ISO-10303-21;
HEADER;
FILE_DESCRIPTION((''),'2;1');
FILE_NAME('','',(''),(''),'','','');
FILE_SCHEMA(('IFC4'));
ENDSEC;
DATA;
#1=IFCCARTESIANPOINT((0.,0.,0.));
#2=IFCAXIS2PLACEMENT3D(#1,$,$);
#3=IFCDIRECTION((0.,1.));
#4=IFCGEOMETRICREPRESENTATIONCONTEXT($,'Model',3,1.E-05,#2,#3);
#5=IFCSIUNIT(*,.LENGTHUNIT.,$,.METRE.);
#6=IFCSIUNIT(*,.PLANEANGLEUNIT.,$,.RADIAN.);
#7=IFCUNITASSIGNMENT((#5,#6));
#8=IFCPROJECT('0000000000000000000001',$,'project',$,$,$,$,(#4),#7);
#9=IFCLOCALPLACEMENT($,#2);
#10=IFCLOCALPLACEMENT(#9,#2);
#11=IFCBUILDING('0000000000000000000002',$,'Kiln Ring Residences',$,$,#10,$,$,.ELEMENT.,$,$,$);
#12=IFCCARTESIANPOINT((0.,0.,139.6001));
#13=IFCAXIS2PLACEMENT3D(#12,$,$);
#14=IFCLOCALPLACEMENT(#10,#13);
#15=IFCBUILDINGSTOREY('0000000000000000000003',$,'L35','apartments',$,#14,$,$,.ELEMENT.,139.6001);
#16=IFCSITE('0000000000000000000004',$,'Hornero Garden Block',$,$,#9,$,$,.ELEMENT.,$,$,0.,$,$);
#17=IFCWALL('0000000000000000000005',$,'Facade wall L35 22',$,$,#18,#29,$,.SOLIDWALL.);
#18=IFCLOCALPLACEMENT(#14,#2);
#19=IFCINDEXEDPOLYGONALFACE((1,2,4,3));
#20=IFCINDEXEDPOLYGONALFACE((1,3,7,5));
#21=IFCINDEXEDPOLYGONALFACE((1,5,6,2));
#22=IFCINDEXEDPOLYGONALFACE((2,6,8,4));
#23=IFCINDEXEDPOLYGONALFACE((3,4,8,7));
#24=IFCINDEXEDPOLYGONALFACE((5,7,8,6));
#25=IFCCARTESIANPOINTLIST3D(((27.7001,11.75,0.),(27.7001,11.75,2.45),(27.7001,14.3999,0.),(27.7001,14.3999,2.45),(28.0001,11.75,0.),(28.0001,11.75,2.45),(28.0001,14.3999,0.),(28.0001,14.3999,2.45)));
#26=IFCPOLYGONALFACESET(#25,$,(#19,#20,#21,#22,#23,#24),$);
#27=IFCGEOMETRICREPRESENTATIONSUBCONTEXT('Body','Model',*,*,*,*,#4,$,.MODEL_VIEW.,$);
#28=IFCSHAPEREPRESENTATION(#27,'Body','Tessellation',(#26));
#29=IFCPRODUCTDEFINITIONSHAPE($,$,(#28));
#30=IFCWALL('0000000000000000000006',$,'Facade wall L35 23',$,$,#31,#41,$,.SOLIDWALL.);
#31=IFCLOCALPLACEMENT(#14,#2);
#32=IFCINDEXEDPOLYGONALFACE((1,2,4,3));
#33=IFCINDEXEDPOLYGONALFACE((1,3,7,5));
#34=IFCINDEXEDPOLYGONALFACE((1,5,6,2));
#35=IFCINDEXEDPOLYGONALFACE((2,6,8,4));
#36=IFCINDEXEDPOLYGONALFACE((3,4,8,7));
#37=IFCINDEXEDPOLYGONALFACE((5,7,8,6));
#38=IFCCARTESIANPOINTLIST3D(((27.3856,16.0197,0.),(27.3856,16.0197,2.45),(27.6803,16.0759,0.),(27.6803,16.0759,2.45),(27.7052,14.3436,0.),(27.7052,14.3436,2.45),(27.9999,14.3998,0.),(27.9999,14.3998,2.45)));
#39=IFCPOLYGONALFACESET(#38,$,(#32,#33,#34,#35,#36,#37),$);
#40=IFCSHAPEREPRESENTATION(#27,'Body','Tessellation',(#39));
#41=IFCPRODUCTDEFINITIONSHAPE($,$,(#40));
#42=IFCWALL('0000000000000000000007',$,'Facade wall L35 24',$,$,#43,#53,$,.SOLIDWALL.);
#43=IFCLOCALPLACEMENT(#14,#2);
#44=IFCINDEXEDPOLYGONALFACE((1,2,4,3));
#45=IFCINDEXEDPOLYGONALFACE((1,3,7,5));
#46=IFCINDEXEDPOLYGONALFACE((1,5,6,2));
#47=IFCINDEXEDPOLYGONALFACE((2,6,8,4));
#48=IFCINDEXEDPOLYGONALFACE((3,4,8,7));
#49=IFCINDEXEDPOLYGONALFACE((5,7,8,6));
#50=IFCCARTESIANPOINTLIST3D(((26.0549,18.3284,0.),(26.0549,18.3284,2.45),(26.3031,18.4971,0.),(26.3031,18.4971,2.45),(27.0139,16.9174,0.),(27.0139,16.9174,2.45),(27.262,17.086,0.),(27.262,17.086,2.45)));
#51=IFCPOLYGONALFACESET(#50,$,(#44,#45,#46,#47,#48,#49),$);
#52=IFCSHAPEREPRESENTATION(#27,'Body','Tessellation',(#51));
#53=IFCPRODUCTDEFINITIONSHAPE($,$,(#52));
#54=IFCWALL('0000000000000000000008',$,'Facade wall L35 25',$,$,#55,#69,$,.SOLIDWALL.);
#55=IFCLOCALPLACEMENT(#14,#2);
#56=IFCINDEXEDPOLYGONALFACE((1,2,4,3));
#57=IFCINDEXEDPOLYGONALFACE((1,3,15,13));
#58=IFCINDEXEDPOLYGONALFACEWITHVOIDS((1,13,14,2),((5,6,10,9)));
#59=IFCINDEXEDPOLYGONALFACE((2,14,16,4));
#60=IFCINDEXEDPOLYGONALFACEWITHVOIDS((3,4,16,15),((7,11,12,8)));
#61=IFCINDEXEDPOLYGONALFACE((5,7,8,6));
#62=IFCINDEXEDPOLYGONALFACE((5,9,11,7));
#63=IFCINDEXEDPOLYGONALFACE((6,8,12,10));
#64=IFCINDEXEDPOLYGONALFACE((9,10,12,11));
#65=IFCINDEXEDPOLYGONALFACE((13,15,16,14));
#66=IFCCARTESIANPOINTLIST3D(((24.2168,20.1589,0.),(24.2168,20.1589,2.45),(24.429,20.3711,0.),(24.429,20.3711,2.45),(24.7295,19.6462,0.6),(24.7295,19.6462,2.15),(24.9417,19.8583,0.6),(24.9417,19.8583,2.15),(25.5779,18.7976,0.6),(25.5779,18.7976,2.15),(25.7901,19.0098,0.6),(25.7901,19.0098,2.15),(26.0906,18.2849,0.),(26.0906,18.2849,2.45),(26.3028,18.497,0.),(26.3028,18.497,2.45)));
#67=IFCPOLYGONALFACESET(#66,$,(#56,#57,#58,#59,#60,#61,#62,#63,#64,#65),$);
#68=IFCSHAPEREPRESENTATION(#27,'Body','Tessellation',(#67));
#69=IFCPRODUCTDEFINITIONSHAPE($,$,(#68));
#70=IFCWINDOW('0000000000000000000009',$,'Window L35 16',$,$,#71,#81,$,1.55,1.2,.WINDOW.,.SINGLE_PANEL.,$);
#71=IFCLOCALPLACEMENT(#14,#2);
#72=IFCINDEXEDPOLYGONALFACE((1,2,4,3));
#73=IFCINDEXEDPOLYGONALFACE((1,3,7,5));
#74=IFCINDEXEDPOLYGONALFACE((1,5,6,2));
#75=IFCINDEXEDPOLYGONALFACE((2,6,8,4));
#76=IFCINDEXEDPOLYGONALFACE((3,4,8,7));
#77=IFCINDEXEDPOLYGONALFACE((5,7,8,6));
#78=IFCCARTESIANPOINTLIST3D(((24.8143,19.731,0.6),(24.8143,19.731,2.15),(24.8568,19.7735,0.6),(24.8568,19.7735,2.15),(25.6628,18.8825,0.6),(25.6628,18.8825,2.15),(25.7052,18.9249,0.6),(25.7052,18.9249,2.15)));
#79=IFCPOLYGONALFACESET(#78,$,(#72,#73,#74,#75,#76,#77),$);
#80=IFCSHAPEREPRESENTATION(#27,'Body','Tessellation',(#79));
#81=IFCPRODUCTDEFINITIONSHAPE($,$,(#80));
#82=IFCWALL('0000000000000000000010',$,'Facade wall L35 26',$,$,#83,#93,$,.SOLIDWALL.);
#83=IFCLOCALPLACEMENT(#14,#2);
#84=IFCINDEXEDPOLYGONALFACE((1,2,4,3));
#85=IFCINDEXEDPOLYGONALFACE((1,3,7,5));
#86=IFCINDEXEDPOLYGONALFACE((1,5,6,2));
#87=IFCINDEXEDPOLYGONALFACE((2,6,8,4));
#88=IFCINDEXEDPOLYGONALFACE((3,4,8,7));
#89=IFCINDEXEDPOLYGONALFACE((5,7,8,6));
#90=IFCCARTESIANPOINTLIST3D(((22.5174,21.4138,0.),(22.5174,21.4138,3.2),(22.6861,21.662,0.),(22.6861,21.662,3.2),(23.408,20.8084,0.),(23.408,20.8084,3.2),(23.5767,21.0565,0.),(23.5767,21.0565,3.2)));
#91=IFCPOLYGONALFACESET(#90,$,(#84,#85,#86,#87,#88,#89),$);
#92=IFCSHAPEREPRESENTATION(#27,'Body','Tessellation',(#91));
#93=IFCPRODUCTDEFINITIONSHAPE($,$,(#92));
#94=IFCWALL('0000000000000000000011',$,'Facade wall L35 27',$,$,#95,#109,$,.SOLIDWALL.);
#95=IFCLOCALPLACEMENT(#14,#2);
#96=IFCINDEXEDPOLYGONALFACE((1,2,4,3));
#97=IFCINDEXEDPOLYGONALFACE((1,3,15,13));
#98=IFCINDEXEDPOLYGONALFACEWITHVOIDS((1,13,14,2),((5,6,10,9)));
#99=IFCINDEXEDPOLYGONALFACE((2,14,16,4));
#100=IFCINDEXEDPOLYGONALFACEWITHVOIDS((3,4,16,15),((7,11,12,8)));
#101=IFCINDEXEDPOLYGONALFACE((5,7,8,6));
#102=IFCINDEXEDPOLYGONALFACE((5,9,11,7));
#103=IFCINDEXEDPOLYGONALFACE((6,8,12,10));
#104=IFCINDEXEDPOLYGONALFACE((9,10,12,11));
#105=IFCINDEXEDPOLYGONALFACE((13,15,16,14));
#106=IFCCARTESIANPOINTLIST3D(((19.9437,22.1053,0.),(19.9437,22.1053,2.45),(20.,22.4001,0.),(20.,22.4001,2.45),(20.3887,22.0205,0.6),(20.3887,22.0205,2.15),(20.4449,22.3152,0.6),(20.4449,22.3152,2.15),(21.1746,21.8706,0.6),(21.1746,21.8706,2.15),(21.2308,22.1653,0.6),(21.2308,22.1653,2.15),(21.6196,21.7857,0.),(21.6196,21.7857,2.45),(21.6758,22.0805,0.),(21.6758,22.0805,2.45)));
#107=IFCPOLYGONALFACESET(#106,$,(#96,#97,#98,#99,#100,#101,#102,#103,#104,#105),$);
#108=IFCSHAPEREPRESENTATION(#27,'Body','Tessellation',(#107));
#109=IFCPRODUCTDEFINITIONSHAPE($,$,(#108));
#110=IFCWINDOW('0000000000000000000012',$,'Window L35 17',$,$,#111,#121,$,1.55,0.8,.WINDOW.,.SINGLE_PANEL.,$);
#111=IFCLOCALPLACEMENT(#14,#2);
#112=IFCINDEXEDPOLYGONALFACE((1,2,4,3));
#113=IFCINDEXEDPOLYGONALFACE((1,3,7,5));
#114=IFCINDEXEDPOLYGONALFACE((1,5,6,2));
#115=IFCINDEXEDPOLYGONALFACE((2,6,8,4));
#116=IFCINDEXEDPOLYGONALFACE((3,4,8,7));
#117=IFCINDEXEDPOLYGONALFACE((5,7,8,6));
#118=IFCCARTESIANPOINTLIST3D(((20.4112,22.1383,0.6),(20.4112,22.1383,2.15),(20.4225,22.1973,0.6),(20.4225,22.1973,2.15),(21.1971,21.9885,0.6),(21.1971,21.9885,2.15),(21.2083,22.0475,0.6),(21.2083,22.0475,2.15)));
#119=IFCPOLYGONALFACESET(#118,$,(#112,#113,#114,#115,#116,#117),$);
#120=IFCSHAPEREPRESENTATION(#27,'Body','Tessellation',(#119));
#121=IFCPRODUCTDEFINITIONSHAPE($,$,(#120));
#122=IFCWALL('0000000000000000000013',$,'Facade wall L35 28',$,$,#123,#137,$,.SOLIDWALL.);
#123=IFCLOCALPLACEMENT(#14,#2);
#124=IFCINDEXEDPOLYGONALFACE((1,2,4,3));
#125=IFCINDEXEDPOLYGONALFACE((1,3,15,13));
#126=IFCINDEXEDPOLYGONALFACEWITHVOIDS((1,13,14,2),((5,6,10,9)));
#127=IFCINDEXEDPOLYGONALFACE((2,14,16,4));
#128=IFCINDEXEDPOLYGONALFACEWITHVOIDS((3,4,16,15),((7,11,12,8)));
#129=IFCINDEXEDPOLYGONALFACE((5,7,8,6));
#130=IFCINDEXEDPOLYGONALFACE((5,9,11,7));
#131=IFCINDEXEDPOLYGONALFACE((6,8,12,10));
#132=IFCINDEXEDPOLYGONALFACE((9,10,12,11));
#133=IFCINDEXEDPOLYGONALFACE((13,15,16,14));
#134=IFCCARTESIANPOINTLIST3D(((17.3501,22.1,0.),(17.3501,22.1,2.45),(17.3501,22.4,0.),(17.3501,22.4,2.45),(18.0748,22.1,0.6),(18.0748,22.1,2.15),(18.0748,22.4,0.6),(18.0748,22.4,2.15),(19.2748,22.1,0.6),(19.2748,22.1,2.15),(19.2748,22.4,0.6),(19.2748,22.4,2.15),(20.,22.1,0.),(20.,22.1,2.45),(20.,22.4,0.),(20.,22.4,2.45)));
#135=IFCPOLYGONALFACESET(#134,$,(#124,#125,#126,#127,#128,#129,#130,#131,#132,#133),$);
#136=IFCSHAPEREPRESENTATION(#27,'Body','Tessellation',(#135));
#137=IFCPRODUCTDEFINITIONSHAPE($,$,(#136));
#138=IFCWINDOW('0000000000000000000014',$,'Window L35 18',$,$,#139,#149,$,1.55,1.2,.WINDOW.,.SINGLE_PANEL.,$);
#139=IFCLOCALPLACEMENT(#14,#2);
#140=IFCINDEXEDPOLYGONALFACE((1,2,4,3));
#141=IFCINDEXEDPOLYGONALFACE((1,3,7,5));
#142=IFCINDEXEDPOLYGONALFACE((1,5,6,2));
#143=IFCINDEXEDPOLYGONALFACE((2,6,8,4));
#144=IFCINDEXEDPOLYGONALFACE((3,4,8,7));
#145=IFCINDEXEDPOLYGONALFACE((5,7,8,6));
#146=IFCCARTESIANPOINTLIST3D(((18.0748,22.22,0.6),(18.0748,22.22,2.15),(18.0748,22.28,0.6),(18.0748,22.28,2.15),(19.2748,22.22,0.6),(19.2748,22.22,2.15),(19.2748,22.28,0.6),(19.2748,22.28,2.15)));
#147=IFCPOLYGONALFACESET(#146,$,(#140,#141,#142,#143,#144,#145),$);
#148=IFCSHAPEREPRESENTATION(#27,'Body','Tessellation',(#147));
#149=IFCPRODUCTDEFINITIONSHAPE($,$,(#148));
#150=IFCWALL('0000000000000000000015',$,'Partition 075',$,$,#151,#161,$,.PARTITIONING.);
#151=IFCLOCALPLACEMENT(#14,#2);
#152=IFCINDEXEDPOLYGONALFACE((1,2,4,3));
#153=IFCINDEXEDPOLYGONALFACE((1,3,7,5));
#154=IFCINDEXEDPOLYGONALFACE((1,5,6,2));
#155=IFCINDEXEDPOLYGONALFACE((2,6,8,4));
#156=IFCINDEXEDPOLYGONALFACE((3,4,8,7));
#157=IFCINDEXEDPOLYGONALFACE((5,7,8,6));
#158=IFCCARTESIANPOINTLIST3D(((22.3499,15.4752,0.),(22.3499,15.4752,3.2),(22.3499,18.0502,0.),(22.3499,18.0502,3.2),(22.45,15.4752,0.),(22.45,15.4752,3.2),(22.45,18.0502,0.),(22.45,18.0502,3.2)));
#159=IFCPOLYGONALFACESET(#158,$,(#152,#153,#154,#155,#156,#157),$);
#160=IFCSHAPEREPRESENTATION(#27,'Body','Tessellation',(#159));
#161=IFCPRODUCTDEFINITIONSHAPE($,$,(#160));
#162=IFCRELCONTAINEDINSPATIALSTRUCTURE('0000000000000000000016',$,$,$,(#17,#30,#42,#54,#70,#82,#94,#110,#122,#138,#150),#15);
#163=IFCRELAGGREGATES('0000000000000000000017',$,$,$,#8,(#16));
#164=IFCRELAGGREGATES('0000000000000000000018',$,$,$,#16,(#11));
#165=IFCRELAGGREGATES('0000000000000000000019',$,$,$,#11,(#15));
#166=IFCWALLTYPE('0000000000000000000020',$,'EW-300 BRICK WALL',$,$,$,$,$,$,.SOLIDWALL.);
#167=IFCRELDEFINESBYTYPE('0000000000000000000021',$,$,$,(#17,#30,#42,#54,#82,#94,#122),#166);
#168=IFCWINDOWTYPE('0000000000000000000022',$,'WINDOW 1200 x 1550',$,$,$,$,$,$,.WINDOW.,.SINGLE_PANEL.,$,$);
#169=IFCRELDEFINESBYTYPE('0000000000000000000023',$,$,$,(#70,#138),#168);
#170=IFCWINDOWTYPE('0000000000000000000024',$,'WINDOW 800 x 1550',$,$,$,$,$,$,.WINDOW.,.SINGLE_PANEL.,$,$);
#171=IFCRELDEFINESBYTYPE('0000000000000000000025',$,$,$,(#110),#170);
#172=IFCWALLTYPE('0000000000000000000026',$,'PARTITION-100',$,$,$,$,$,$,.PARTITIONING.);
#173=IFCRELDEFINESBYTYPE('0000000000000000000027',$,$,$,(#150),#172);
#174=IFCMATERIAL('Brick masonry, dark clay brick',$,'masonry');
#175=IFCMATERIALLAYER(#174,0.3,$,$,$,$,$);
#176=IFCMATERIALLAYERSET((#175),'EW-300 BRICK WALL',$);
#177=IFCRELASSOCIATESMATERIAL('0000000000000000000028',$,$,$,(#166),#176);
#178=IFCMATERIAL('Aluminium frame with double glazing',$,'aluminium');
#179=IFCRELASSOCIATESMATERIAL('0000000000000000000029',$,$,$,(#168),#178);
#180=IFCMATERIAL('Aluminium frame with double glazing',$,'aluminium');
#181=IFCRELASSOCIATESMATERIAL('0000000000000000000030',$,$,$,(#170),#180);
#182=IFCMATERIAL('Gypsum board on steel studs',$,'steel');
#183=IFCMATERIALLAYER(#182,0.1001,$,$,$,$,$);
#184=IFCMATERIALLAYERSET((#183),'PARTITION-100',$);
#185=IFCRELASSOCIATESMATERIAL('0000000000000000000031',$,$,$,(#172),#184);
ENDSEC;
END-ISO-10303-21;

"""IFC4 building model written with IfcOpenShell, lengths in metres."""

from ifc_helpers import new_model, si_unit, direction, frame, frame_2d, origin, place, context, subcontext, project, spatial, rectangle, extrude, material, layer, layer_set, type_object, element, fill, save


model = new_model("IFC4")

# Units and contexts
model_context = context("Model", 3, precision=1e-05, world=origin(), true_north=direction((0.0, 1.0)))
body_context = subcontext(model_context, "Body", "Model", "MODEL_VIEW")
ifc_project = project(units=[si_unit("LENGTHUNIT", "METRE"), si_unit("PLANEANGLEUNIT", "RADIAN")], contexts=[model_context])

# Site, building, storey
site_placement = place(None, origin())
site = spatial("IfcSite", under=ifc_project, at=site_placement, Name="Hornero Garden Block", CompositionType="ELEMENT", RefElevation=0.0)
building_placement = place(site_placement, origin())
building = spatial("IfcBuilding", under=site, at=building_placement, Name="Kiln Ring Residences", CompositionType="ELEMENT")
storey_placement = place(building_placement, frame((0.0, 0.0, 139.6001)))
storey = spatial("IfcBuildingStorey", under=building, at=storey_placement, Name="L35", Description="apartments", CompositionType="ELEMENT", Elevation=139.6001)

# Walls
ifc_material_1 = material(Name="Brick masonry, dark clay brick", Category="masonry")
ifc_layer_1 = layer(ifc_material_1, 0.3)
ifc_layer_set_1 = layer_set([ifc_layer_1], Name="EW-300 BRICK WALL")
wall_type_1 = type_object("IfcWallType", Name="EW-300 BRICK WALL", PredefinedType="SOLIDWALL", material=ifc_layer_set_1)
wall_1_placement = place(storey_placement, frame((27.8501, 11.75, 0.0), z_axis=(0.0, 0.0, 1.0), x_axis=(0.0, 1.0, 0.0)))
element("IfcWall", 1, at=wall_1_placement, inside=storey, type_object=wall_type_1, Name="Facade wall L35 22", PredefinedType="SOLIDWALL", context=body_context, shape_type="SweptSolid", body=[
    extrude(rectangle(XDim=2.6499, YDim=0.3, at=frame_2d((1.325, 0.0))), origin(), (0.0, 0.0, 1.0), 2.45),
])
wall_2_placement = place(storey_placement, frame((27.8525, 14.3718, 0.0), z_axis=(0.0, 0.0, 1.0), x_axis=(-0.187303, 0.982302, 0.0)))
element("IfcWall", 2, at=wall_2_placement, inside=storey, type_object=wall_type_1, Name="Facade wall L35 23", PredefinedType="SOLIDWALL", context=body_context, shape_type="SweptSolid", body=[
    extrude(rectangle(XDim=1.7063, YDim=0.3, at=frame_2d((0.853, 0.0))), origin(), (0.0, 0.0, 1.0), 2.45),
])
wall_3_placement = place(storey_placement, frame((27.1379, 17.0017, 0.0), z_axis=(0.0, 0.0, 1.0), x_axis=(-0.562075, 0.827086, 0.0)))
element("IfcWall", 3, at=wall_3_placement, inside=storey, type_object=wall_type_1, Name="Facade wall L35 24", PredefinedType="SOLIDWALL", context=body_context, shape_type="SweptSolid", body=[
    extrude(rectangle(XDim=1.7061, YDim=0.3, at=frame_2d((0.853, 0.0))), origin(), (0.0, 0.0, 1.0), 2.45),
])

# Wall, opening, window
wall_4_placement = place(storey_placement, frame((26.1968, 18.3909, 0.0), z_axis=(0.0, 0.0, 1.0), x_axis=(-0.707061, 0.707153, 0.0)))
wall_4 = element("IfcWall", 4, at=wall_4_placement, inside=storey, type_object=wall_type_1, Name="Facade wall L35 25", PredefinedType="SOLIDWALL", context=body_context, shape_type="SweptSolid", body=[
    extrude(rectangle(XDim=2.6501, YDim=0.3, at=frame_2d((1.3252, 0.0))), origin(), (0.0, 0.0, 1.0), 2.45),
])
opening_1_placement = place(wall_4_placement, frame((0.7251, 0.0, 0.6001)))
opening_1 = element("IfcOpeningElement", 5, at=opening_1_placement, cuts=wall_4, PredefinedType="OPENING", context=body_context, shape_type="SweptSolid", body=[
    extrude(rectangle(XDim=1.2, YDim=1.55, at=frame_2d((0.6001, 0.7749))), frame((0.0, 0.1599, 0.0), z_axis=(0.0, -1.0, 0.0), x_axis=(1.0, 0.0, 0.0)), (0.0, 0.0, 1.0), 0.3201),
])
ifc_material_2 = material(Name="Aluminium frame with double glazing", Category="aluminium")
window_type_1 = type_object("IfcWindowType", Name="WINDOW 1200 x 1550", PartitioningType="SINGLE_PANEL", PredefinedType="WINDOW", material=ifc_material_2)
window_1_placement = place(opening_1_placement, origin())
window_1 = element("IfcWindow", 6, at=window_1_placement, inside=storey, type_object=window_type_1, Name="Window L35 16", OverallHeight=1.55, OverallWidth=1.2, PartitioningType="SINGLE_PANEL", PredefinedType="WINDOW", context=body_context, shape_type="SweptSolid", body=[
    extrude(rectangle(XDim=1.2, YDim=1.55, at=frame_2d((0.6001, 0.7749))), frame((0.0, 0.03, 0.0), z_axis=(0.0, -1.0, 0.0), x_axis=(1.0, 0.0, 0.0)), (0.0, 0.0, 1.0), 0.0601),
])
fill(opening_1, window_1)

# Wall
wall_5_placement = place(storey_placement, frame((23.4924, 20.9324, 0.0), z_axis=(0.0, 0.0, 1.0), x_axis=(-0.826994, 0.562211, 0.0)))
element("IfcWall", 7, at=wall_5_placement, inside=storey, type_object=wall_type_1, Name="Facade wall L35 26", PredefinedType="SOLIDWALL", context=body_context, shape_type="SweptSolid", body=[
    extrude(rectangle(XDim=1.0769, YDim=0.3, at=frame_2d((0.5386, 0.0))), origin(), (0.0, 0.0, 1.0), 3.2),
])

# Walls, openings, windows
wall_6_placement = place(storey_placement, frame((21.6477, 21.9331, 0.0), z_axis=(0.0, 0.0, 1.0), x_axis=(-0.982297, 0.187329, 0.0)))
wall_6 = element("IfcWall", 8, at=wall_6_placement, inside=storey, type_object=wall_type_1, Name="Facade wall L35 27", PredefinedType="SOLIDWALL", context=body_context, shape_type="SweptSolid", body=[
    extrude(rectangle(XDim=1.7061, YDim=0.3, at=frame_2d((0.853, 0.0))), origin(), (0.0, 0.0, 1.0), 2.45),
])
opening_2_placement = place(wall_6_placement, frame((0.4531, 0.0, 0.6001)))
opening_2 = element("IfcOpeningElement", 9, at=opening_2_placement, cuts=wall_6, PredefinedType="OPENING", context=body_context, shape_type="SweptSolid", body=[
    extrude(rectangle(XDim=0.8, YDim=1.55, at=frame_2d((0.3999, 0.7749))), frame((0.0, 0.1599, 0.0), z_axis=(0.0, -1.0, 0.0), x_axis=(1.0, 0.0, 0.0)), (0.0, 0.0, 1.0), 0.3201),
])
ifc_material_3 = material(Name="Aluminium frame with double glazing", Category="aluminium")
window_type_2 = type_object("IfcWindowType", Name="WINDOW 800 x 1550", PartitioningType="SINGLE_PANEL", PredefinedType="WINDOW", material=ifc_material_3)
window_2_placement = place(opening_2_placement, origin())
window_2 = element("IfcWindow", 10, at=window_2_placement, inside=storey, type_object=window_type_2, Name="Window L35 17", OverallHeight=1.55, OverallWidth=0.8, PartitioningType="SINGLE_PANEL", PredefinedType="WINDOW", context=body_context, shape_type="SweptSolid", body=[
    extrude(rectangle(XDim=0.8, YDim=1.55, at=frame_2d((0.3999, 0.7749))), frame((0.0, 0.03, 0.0), z_axis=(0.0, -1.0, 0.0), x_axis=(1.0, 0.0, 0.0)), (0.0, 0.0, 1.0), 0.0601),
])
fill(opening_2, window_2)
wall_7_placement = place(storey_placement, frame((20.0, 22.25, 0.0), z_axis=(0.0, 0.0, 1.0), x_axis=(-1.0, 0.0, 0.0)))
wall_7 = element("IfcWall", 11, at=wall_7_placement, inside=storey, type_object=wall_type_1, Name="Facade wall L35 28", PredefinedType="SOLIDWALL", context=body_context, shape_type="SweptSolid", body=[
    extrude(rectangle(XDim=2.6499, YDim=0.3, at=frame_2d((1.325, 0.0))), origin(), (0.0, 0.0, 1.0), 2.45),
])
opening_3_placement = place(wall_7_placement, frame((0.7251, 0.0, 0.6001)))
opening_3 = element("IfcOpeningElement", 12, at=opening_3_placement, cuts=wall_7, PredefinedType="OPENING", context=body_context, shape_type="SweptSolid", body=[
    extrude(rectangle(XDim=1.2, YDim=1.55, at=frame_2d((0.6001, 0.7749))), frame((0.0, 0.1599, 0.0), z_axis=(0.0, -1.0, 0.0), x_axis=(1.0, 0.0, 0.0)), (0.0, 0.0, 1.0), 0.3201),
])
window_3_placement = place(opening_3_placement, origin())
window_3 = element("IfcWindow", 13, at=window_3_placement, inside=storey, type_object=window_type_1, Name="Window L35 18", OverallHeight=1.55, OverallWidth=1.2, PartitioningType="SINGLE_PANEL", PredefinedType="WINDOW", context=body_context, shape_type="SweptSolid", body=[
    extrude(rectangle(XDim=1.2, YDim=1.55, at=frame_2d((0.6001, 0.7749))), frame((0.0, 0.03, 0.0), z_axis=(0.0, -1.0, 0.0), x_axis=(1.0, 0.0, 0.0)), (0.0, 0.0, 1.0), 0.0601),
])
fill(opening_3, window_3)

# Wall
ifc_material_4 = material(Name="Gypsum board on steel studs", Category="steel")
ifc_layer_2 = layer(ifc_material_4, 0.1001)
ifc_layer_set_2 = layer_set([ifc_layer_2], Name="PARTITION-100")
wall_type_2 = type_object("IfcWallType", Name="PARTITION-100", PredefinedType="PARTITIONING", material=ifc_layer_set_2)
wall_8_placement = place(storey_placement, frame((22.3999, 15.4751, 0.0), z_axis=(0.0, 0.0, 1.0), x_axis=(0.0, 1.0, 0.0)))
element("IfcWall", 14, at=wall_8_placement, inside=storey, type_object=wall_type_2, Name="Partition 075", PredefinedType="PARTITIONING", context=body_context, shape_type="SweptSolid", body=[
    extrude(rectangle(XDim=2.575, YDim=0.1001, at=frame_2d((1.2876, 0.0))), origin(), (0.0, 0.0, 1.0), 3.2),
])

save(model, "model.ifc")
